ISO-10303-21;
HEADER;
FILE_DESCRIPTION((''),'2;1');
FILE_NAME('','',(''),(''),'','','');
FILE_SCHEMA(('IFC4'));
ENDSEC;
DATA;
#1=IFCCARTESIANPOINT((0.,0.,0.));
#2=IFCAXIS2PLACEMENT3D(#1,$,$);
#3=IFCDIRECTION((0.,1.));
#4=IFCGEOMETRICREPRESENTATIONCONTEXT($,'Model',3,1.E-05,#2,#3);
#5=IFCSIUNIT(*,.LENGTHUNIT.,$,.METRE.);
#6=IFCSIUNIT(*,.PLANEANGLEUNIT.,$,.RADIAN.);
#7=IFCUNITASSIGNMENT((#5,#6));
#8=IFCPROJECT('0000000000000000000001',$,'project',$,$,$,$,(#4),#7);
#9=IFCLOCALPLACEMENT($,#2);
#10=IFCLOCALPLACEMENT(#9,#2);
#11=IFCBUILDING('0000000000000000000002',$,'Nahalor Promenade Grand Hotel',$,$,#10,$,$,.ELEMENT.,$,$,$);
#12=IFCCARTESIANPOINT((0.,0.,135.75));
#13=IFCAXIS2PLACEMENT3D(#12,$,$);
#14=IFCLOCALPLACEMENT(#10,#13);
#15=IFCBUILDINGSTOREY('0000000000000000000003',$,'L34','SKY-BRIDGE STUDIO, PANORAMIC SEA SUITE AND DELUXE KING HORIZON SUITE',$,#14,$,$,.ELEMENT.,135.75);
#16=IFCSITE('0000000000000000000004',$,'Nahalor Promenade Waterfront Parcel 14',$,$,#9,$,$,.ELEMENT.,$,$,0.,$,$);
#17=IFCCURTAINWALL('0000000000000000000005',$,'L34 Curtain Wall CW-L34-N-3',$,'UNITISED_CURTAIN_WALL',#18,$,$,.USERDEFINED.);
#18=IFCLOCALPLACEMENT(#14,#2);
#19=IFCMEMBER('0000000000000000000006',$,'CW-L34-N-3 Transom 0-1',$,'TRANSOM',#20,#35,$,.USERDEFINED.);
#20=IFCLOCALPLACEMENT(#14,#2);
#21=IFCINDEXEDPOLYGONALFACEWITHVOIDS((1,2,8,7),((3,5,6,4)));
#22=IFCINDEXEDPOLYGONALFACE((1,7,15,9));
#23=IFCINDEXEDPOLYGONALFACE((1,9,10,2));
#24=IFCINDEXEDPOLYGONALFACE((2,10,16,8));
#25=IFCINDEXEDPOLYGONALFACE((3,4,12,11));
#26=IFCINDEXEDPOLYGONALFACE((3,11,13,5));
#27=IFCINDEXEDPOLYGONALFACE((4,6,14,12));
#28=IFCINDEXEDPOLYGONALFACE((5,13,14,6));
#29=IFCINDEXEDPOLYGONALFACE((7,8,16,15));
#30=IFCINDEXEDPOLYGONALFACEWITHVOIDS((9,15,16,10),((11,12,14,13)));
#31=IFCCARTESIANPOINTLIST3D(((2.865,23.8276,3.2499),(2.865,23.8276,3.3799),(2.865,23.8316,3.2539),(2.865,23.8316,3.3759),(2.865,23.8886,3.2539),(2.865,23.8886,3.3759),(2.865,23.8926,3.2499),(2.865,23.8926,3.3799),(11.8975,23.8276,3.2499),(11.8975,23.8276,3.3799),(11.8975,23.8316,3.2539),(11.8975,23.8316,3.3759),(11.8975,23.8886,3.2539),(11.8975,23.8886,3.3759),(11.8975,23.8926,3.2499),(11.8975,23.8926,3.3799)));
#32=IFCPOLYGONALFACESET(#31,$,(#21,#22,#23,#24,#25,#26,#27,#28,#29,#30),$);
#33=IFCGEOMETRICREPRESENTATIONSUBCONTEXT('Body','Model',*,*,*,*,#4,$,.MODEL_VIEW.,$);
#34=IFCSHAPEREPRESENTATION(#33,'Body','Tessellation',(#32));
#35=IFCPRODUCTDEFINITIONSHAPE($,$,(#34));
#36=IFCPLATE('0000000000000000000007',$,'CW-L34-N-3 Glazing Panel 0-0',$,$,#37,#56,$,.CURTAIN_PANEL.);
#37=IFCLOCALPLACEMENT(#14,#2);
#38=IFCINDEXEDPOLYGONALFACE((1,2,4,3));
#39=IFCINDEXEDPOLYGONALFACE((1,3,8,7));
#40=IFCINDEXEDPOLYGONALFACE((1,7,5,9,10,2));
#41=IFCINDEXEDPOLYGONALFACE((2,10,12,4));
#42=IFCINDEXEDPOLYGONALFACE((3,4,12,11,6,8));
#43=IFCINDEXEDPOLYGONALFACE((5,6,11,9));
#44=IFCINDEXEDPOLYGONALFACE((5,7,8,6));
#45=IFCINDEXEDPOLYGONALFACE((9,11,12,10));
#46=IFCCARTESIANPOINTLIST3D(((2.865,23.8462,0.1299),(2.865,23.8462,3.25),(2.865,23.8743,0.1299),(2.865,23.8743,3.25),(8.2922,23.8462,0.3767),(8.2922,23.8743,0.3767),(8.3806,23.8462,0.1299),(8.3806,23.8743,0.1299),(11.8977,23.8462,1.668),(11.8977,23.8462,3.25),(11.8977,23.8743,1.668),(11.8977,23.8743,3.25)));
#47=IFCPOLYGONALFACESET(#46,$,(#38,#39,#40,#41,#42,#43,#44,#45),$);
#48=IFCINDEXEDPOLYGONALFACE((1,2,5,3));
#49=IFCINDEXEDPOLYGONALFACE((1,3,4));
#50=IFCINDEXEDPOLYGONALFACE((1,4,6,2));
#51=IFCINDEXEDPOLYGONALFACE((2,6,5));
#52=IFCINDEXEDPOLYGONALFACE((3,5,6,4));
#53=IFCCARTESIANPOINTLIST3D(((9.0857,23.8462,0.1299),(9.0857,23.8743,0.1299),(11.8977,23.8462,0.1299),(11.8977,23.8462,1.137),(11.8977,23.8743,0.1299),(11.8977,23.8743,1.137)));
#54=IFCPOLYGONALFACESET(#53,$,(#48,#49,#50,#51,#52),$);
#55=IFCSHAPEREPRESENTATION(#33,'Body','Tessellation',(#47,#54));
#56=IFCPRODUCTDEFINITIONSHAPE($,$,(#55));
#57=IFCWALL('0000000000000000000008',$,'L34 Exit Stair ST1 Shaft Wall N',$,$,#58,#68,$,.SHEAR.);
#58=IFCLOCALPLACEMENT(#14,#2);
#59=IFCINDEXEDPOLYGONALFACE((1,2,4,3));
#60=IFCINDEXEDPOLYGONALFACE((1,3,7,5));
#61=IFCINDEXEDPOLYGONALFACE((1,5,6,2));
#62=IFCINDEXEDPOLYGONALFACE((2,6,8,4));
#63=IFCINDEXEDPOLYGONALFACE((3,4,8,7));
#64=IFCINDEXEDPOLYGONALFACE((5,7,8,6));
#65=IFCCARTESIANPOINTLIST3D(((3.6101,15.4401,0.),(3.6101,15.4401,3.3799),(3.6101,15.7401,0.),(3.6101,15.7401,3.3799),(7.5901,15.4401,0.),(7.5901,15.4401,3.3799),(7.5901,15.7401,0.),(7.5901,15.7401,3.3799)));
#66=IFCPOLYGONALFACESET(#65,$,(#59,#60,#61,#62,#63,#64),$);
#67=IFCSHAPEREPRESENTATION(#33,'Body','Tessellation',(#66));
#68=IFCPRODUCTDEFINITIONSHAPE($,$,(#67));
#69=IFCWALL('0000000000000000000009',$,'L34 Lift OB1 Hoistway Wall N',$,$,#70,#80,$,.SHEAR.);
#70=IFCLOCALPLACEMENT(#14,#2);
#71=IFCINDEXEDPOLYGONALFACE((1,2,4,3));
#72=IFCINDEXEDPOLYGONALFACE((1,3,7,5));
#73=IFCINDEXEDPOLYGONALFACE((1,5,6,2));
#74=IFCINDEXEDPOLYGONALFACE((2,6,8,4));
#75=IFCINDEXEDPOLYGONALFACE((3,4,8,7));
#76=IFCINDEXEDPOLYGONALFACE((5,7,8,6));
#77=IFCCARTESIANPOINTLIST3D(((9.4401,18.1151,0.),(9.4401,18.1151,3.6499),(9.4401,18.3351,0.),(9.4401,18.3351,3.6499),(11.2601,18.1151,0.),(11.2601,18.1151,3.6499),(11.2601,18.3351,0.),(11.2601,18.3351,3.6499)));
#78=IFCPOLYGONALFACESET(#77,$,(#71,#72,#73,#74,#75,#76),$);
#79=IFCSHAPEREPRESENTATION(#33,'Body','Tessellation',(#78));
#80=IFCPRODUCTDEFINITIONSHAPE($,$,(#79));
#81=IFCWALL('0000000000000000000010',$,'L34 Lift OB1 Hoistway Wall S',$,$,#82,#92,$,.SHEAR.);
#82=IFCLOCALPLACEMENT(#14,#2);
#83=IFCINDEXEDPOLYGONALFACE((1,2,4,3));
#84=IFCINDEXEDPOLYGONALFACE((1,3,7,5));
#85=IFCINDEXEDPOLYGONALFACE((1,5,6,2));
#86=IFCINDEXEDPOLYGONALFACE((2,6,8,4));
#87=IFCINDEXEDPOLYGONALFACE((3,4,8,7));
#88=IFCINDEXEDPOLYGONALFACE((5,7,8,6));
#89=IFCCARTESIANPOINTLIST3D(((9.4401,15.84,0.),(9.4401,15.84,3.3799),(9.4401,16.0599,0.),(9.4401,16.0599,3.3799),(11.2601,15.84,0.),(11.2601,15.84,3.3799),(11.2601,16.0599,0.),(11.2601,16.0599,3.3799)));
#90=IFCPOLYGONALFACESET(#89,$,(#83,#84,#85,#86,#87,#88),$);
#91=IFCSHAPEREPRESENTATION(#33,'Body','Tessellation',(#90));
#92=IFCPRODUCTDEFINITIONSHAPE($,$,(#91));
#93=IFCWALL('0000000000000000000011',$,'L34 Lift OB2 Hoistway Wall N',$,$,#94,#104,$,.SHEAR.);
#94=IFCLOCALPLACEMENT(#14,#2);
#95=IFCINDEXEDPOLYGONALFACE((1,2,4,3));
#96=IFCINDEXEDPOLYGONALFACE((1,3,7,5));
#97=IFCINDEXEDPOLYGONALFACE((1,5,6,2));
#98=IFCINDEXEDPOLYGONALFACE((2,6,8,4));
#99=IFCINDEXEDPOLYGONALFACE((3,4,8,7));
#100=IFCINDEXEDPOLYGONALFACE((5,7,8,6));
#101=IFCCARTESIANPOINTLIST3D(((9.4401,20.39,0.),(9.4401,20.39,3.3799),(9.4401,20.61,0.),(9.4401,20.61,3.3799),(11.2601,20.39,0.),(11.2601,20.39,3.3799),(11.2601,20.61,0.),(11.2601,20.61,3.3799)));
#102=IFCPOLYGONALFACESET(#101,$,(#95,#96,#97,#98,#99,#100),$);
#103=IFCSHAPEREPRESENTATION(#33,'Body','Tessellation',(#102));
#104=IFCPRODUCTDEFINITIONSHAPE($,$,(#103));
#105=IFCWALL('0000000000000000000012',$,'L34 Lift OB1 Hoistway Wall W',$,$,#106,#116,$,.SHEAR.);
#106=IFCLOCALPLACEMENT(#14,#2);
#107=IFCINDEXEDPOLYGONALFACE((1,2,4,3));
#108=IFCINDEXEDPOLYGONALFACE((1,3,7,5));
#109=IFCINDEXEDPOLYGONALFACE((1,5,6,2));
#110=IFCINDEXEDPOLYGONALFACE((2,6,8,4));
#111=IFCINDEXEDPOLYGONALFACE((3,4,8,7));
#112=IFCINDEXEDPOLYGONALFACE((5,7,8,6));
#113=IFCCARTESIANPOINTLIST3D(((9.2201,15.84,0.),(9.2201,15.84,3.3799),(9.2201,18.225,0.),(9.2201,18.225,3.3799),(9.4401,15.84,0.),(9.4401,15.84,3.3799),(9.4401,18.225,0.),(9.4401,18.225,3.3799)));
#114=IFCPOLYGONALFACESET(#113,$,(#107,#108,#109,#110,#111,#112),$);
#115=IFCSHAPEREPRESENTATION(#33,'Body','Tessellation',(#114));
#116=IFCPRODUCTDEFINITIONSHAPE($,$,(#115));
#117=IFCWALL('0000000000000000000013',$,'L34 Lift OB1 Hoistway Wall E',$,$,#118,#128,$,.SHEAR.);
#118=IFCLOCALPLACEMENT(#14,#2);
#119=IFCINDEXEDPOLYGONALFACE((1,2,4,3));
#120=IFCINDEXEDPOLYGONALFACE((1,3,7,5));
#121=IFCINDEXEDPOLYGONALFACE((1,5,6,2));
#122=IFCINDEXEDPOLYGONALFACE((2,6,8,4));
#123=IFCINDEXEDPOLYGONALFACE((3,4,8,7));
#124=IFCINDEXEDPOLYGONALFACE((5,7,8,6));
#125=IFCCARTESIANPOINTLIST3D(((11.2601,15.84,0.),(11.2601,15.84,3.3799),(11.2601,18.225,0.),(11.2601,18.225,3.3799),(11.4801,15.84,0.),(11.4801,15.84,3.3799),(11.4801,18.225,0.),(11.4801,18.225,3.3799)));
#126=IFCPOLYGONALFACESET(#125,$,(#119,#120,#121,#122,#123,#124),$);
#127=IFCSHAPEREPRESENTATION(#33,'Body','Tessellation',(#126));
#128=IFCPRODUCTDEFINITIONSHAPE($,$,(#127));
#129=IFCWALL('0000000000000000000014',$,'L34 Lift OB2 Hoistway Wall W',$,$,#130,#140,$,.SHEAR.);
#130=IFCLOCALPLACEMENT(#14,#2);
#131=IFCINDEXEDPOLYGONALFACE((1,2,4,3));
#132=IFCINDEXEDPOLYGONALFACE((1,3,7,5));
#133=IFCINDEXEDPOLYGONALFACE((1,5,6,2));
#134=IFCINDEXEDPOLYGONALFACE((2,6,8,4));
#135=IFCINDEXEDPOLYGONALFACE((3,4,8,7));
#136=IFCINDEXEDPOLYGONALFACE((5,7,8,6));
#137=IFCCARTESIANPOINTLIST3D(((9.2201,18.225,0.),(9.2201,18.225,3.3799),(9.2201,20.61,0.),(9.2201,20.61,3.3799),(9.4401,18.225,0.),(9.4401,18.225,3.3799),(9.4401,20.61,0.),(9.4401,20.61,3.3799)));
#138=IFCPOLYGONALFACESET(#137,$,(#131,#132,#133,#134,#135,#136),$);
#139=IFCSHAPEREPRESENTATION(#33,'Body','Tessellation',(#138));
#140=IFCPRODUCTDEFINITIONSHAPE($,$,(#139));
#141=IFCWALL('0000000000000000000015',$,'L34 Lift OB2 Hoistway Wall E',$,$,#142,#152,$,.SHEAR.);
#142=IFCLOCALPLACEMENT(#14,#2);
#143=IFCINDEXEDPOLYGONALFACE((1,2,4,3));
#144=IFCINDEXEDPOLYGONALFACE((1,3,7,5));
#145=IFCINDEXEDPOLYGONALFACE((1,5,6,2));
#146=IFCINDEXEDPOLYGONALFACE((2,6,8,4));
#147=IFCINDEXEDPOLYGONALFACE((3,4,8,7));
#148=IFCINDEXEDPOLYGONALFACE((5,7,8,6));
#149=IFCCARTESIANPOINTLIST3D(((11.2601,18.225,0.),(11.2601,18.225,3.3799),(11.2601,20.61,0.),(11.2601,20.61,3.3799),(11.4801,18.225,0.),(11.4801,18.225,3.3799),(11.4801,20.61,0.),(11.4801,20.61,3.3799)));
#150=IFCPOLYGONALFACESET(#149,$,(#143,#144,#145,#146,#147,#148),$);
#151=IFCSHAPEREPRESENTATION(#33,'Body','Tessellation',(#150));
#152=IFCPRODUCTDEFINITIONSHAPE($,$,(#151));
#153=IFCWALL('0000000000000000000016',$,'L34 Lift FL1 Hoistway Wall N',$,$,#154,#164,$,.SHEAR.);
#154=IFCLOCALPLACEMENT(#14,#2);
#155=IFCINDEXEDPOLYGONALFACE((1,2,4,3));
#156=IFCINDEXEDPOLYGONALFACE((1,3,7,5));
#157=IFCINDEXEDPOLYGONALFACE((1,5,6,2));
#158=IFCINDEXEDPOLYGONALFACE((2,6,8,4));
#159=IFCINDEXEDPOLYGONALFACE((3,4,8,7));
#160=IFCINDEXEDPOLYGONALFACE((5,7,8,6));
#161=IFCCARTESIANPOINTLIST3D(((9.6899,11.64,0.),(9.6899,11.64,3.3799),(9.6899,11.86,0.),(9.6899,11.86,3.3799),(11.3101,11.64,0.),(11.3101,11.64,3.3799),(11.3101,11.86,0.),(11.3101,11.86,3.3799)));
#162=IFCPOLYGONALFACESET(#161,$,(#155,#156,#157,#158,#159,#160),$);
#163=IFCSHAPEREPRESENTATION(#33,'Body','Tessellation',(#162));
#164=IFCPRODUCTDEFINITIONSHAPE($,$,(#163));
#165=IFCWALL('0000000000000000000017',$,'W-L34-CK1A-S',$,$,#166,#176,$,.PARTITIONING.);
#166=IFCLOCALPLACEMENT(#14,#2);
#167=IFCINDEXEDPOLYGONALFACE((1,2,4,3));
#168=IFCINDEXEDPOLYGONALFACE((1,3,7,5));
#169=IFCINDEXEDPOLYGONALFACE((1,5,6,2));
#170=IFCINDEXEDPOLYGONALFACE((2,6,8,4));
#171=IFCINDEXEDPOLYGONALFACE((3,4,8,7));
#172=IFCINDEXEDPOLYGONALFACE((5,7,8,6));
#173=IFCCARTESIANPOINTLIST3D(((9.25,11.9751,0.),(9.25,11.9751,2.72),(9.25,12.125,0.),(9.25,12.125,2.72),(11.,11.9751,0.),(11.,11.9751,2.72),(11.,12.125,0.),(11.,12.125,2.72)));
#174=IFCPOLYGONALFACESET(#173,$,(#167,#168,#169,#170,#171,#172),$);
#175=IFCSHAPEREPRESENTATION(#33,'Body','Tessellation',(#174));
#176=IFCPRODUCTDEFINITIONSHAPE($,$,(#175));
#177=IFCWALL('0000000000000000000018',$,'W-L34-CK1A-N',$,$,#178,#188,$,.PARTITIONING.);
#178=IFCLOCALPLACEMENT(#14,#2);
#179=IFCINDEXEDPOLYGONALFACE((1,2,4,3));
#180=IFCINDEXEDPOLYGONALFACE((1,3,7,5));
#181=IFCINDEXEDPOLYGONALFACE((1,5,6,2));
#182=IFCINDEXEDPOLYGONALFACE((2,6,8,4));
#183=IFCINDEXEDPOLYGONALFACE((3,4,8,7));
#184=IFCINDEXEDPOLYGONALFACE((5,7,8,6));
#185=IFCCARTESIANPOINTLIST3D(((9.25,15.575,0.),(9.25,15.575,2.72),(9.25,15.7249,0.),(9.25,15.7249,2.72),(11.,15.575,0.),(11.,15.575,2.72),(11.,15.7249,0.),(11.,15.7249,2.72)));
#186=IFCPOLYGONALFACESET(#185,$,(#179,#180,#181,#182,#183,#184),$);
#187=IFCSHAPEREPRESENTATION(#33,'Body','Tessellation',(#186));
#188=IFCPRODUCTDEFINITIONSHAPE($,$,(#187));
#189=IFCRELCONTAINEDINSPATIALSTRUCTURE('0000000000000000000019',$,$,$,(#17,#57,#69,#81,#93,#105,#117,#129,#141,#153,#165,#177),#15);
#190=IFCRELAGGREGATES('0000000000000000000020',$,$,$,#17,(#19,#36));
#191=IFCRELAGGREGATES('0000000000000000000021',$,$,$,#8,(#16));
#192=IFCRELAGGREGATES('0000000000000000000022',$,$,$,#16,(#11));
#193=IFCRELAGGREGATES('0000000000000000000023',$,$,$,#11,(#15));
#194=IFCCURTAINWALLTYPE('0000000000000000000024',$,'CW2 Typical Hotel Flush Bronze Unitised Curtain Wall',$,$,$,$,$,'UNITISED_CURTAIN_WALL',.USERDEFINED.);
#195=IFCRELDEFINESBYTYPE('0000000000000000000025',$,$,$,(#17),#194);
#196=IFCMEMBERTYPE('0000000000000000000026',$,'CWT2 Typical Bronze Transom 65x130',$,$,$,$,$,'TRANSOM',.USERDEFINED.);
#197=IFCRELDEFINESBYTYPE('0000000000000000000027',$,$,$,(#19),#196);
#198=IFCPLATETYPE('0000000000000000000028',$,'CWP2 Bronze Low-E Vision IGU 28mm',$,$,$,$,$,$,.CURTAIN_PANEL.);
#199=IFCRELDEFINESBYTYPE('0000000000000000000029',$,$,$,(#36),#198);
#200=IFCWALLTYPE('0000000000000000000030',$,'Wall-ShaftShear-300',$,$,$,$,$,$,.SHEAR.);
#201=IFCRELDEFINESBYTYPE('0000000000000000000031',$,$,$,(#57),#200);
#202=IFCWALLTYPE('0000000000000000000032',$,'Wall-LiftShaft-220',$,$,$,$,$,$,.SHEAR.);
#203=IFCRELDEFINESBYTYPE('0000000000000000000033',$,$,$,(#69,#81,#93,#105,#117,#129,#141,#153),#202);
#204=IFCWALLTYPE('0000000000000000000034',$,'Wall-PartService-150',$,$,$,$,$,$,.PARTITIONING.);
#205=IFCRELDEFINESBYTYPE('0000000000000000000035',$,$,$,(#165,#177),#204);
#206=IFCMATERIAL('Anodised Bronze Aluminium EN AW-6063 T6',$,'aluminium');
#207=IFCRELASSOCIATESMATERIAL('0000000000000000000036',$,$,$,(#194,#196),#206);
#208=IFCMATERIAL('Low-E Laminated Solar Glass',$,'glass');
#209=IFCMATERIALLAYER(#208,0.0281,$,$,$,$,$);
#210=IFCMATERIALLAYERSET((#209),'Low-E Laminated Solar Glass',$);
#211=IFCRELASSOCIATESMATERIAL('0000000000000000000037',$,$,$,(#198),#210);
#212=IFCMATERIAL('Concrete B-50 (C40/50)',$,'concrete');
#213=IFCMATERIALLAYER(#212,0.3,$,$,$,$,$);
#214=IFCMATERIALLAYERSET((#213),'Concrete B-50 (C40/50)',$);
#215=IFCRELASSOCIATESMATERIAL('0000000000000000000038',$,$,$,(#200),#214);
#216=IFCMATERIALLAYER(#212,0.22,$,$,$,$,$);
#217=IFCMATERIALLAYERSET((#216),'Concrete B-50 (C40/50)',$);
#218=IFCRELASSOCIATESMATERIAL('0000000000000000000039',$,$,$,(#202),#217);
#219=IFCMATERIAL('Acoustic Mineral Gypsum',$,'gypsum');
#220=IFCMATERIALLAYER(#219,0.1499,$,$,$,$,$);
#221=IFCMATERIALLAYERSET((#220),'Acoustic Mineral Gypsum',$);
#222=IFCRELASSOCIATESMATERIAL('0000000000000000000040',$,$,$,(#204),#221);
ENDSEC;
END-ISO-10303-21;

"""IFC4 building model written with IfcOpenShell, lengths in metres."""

from ifc_helpers import new_model, si_unit, direction, frame, frame_2d, origin, origin_2d, place, context, subcontext, project, spatial, polyline, rectangle, hollow_rectangle, outline, extrude, source, transform, mapped, material, layer, layer_set, material_profile, profile_set, type_object, element, aggregate, save


model = new_model("IFC4")

# Units and contexts
model_context = context("Model", 3, precision=1e-05, world=origin(), true_north=direction((0.0, 1.0)))
body_context = subcontext(model_context, "Body", "Model", "MODEL_VIEW")
ifc_project = project(units=[si_unit("LENGTHUNIT", "METRE"), si_unit("PLANEANGLEUNIT", "RADIAN")], contexts=[model_context])

# Site, building, storey
site_placement = place(None, origin())
site = spatial("IfcSite", under=ifc_project, at=site_placement, Name="Nahalor Promenade Waterfront Parcel 14", CompositionType="ELEMENT", RefElevation=0.0)
building_placement = place(site_placement, origin())
building = spatial("IfcBuilding", under=site, at=building_placement, Name="Nahalor Promenade Grand Hotel", CompositionType="ELEMENT")
storey_placement = place(building_placement, frame((0.0, 0.0, 135.75)))
storey = spatial("IfcBuildingStorey", under=building, at=storey_placement, Name="L34", Description="SKY-BRIDGE STUDIO, PANORAMIC SEA SUITE AND DELUXE KING HORIZON SUITE", CompositionType="ELEMENT", Elevation=135.75)

# Curtain wall, member, plate
ifc_material_1 = material(Name="Anodised Bronze Aluminium EN AW-6063 T6", Category="aluminium")
curtain_wall_type = type_object("IfcCurtainWallType", Name="CW2 Typical Hotel Flush Bronze Unitised Curtain Wall", ElementType="UNITISED_CURTAIN_WALL", PredefinedType="USERDEFINED", material=ifc_material_1)
curtain_wall_placement = place(storey_placement, origin())
curtain_wall = element("IfcCurtainWall", 1, at=curtain_wall_placement, inside=storey, type_object=curtain_wall_type, Name="L34 Curtain Wall CW-L34-N-3", ObjectType="UNITISED_CURTAIN_WALL", PredefinedType="USERDEFINED")
ifc_material_profile_1 = material_profile(ifc_material_1, hollow_rectangle(XDim=0.065, YDim=0.13, WallThickness=0.004, at=origin_2d()), Name="CWT 65x130x4")
ifc_profile_set_1 = profile_set([ifc_material_profile_1], Name="Anodised Bronze Aluminium EN AW-6063 T6")
member_type_1 = type_object("IfcMemberType", Name="CWT2 Typical Bronze Transom 65x130", ElementType="TRANSOM", PredefinedType="USERDEFINED", material=ifc_profile_set_1)
shared_shape_1 = source(origin(), body_context, "Body", "SweptSolid", [
    extrude(hollow_rectangle(XDim=0.065, YDim=0.13, WallThickness=0.004, at=origin_2d()), origin(), (0.0, 0.0, 1.0), 9.0325),
])
member_1_placement = place(storey_placement, frame((2.865, 23.8601, 3.3149), z_axis=(1.0, 0.0, 0.0), x_axis=(0.0, 1.0, 0.0)))
member_1 = element("IfcMember", 2, at=member_1_placement, type_object=member_type_1, Name="CW-L34-N-3 Transom 0-1", ObjectType="TRANSOM", PredefinedType="USERDEFINED", context=body_context, shape_type="MappedRepresentation", body=[
    mapped(shared_shape_1, transform((0.0, 0.0, 0.0), scale=1.0)),
])
ifc_material_2 = material(Name="Low-E Laminated Solar Glass", Category="glass")
ifc_layer_1 = layer(ifc_material_2, 0.0281)
ifc_layer_set_1 = layer_set([ifc_layer_1], Name="Low-E Laminated Solar Glass")
plate_type = type_object("IfcPlateType", Name="CWP2 Bronze Low-E Vision IGU 28mm", PredefinedType="CURTAIN_PANEL", material=ifc_layer_set_1)
plate_placement = place(storey_placement, frame((7.3813, 23.8601, 0.1299), z_axis=(0.0, 0.0, 1.0), x_axis=(1.0, 0.0, 0.0)))
plate = element("IfcPlate", 3, at=plate_placement, type_object=plate_type, Name="CW-L34-N-3 Glazing Panel 0-0", PredefinedType="CURTAIN_PANEL", context=body_context, shape_type="SweptSolid", body=[
    extrude(outline(polyline([(-4.5164, 3.1201), (-4.5164, 0.0), (0.9993, 0.0), (0.9109, 0.2468), (4.5164, 1.5381), (4.5164, 3.1201), (-4.5164, 3.1201)])), frame((0.0, 0.0142, 0.0), z_axis=(0.0, -1.0, 0.0), x_axis=(1.0, 0.0, 0.0)), (0.0, 0.0, 1.0), 0.0281),
    extrude(outline(polyline([(1.7043, 0.0), (4.5164, 0.0), (4.5164, 1.0071), (1.7043, 0.0)])), frame((0.0, 0.0142, 0.0), z_axis=(0.0, -1.0, 0.0), x_axis=(1.0, 0.0, 0.0)), (0.0, 0.0, 1.0), 0.0281),
])
aggregate(curtain_wall, [member_1, plate])

# Walls
ifc_material_3 = material(Name="Concrete B-50 (C40/50)", Category="concrete")
ifc_layer_2 = layer(ifc_material_3, 0.3)
ifc_layer_set_2 = layer_set([ifc_layer_2], Name="Concrete B-50 (C40/50)")
wall_type_1 = type_object("IfcWallType", Name="Wall-ShaftShear-300", PredefinedType="SHEAR", material=ifc_layer_set_2)
shared_shape_2 = source(origin(), body_context, "Body", "SweptSolid", [
    extrude(rectangle(XDim=3.98, YDim=0.3, at=frame_2d((1.99, 0.0))), origin(), (0.0, 0.0, 1.0), 3.3799),
])
wall_1_placement = place(storey_placement, frame((3.6101, 15.5901, 0.0), z_axis=(0.0, 0.0, 1.0), x_axis=(1.0, 0.0, 0.0)))
element("IfcWall", 4, at=wall_1_placement, inside=storey, type_object=wall_type_1, Name="L34 Exit Stair ST1 Shaft Wall N", PredefinedType="SHEAR", context=body_context, shape_type="MappedRepresentation", body=[
    mapped(shared_shape_2, transform((0.0, 0.0, 0.0), scale=1.0)),
])
ifc_layer_3 = layer(ifc_material_3, 0.22)
ifc_layer_set_3 = layer_set([ifc_layer_3], Name="Concrete B-50 (C40/50)")
wall_type_2 = type_object("IfcWallType", Name="Wall-LiftShaft-220", PredefinedType="SHEAR", material=ifc_layer_set_3)
shared_shape_3 = source(origin(), body_context, "Body", "SweptSolid", [
    extrude(rectangle(XDim=1.8201, YDim=0.22, at=frame_2d((0.9102, 0.0))), origin(), (0.0, 0.0, 1.0), 3.6499),
])
wall_2_placement = place(storey_placement, frame((9.4399, 18.2251, 0.0), z_axis=(0.0, 0.0, 1.0), x_axis=(1.0, 0.0, 0.0)))
element("IfcWall", 5, at=wall_2_placement, inside=storey, type_object=wall_type_2, Name="L34 Lift OB1 Hoistway Wall N", PredefinedType="SHEAR", context=body_context, shape_type="MappedRepresentation", body=[
    mapped(shared_shape_3, transform((0.0, 0.0, 0.0), scale=1.0)),
])
shared_shape_4 = source(origin(), body_context, "Body", "SweptSolid", [
    extrude(rectangle(XDim=1.8201, YDim=0.22, at=frame_2d((0.9102, 0.0))), origin(), (0.0, 0.0, 1.0), 3.3799),
])
for number, where, z_axis, x_axis, name in (
    (6, (9.4399, 15.95, 0.0), (0.0, 0.0, 1.0), (1.0, 0.0, 0.0), "L34 Lift OB1 Hoistway Wall S"),
    (7, (9.4399, 20.5, 0.0), (0.0, 0.0, 1.0), (1.0, 0.0, 0.0), "L34 Lift OB2 Hoistway Wall N"),
):
    element("IfcWall", number, at=place(storey_placement, frame(where, z_axis=z_axis, x_axis=x_axis)), inside=storey, type_object=wall_type_2, Name=name, PredefinedType="SHEAR", context=body_context, shape_type="MappedRepresentation", body=[
        mapped(shared_shape_4, transform((0.0, 0.0, 0.0), scale=1.0)),
    ])
shared_shape_5 = source(origin(), body_context, "Body", "SweptSolid", [
    extrude(rectangle(XDim=2.385, YDim=0.22, at=frame_2d((1.1924, 0.0))), origin(), (0.0, 0.0, 1.0), 3.3799),
])
for number, where, z_axis, x_axis, name in (
    (8, (9.3301, 15.8401, 0.0), (0.0, 0.0, 1.0), (0.0, 1.0, 0.0), "L34 Lift OB1 Hoistway Wall W"),
    (9, (11.3701, 15.8401, 0.0), (0.0, 0.0, 1.0), (0.0, 1.0, 0.0), "L34 Lift OB1 Hoistway Wall E"),
    (10, (9.3301, 18.2251, 0.0), (0.0, 0.0, 1.0), (0.0, 1.0, 0.0), "L34 Lift OB2 Hoistway Wall W"),
    (11, (11.3701, 18.2251, 0.0), (0.0, 0.0, 1.0), (0.0, 1.0, 0.0), "L34 Lift OB2 Hoistway Wall E"),
):
    element("IfcWall", number, at=place(storey_placement, frame(where, z_axis=z_axis, x_axis=x_axis)), inside=storey, type_object=wall_type_2, Name=name, PredefinedType="SHEAR", context=body_context, shape_type="MappedRepresentation", body=[
        mapped(shared_shape_5, transform((0.0, 0.0, 0.0), scale=1.0)),
    ])
shared_shape_6 = source(origin(), body_context, "Body", "SweptSolid", [
    extrude(rectangle(XDim=1.6201, YDim=0.22, at=frame_2d((0.8101, 0.0))), origin(), (0.0, 0.0, 1.0), 3.3799),
])
wall_3_placement = place(storey_placement, frame((9.6899, 11.75, 0.0), z_axis=(0.0, 0.0, 1.0), x_axis=(1.0, 0.0, 0.0)))
element("IfcWall", 12, at=wall_3_placement, inside=storey, type_object=wall_type_2, Name="L34 Lift FL1 Hoistway Wall N", PredefinedType="SHEAR", context=body_context, shape_type="MappedRepresentation", body=[
    mapped(shared_shape_6, transform((0.0, 0.0, 0.0), scale=1.0)),
])
ifc_material_4 = material(Name="Acoustic Mineral Gypsum", Category="gypsum")
ifc_layer_4 = layer(ifc_material_4, 0.1499)
ifc_layer_set_4 = layer_set([ifc_layer_4], Name="Acoustic Mineral Gypsum")
wall_type_3 = type_object("IfcWallType", Name="Wall-PartService-150", PredefinedType="PARTITIONING", material=ifc_layer_set_4)
shared_shape_7 = source(origin(), body_context, "Body", "SweptSolid", [
    extrude(rectangle(XDim=1.75, YDim=0.1499, at=frame_2d((0.875, 0.0))), origin(), (0.0, 0.0, 1.0), 2.72),
])
for number, where, z_axis, x_axis, name in (
    (13, (9.25, 12.05, 0.0), (0.0, 0.0, 1.0), (1.0, 0.0, 0.0), "W-L34-CK1A-S"),
    (14, (9.25, 15.6499, 0.0), (0.0, 0.0, 1.0), (1.0, 0.0, 0.0), "W-L34-CK1A-N"),
):
    element("IfcWall", number, at=place(storey_placement, frame(where, z_axis=z_axis, x_axis=x_axis)), inside=storey, type_object=wall_type_3, Name=name, PredefinedType="PARTITIONING", context=body_context, shape_type="MappedRepresentation", body=[
        mapped(shared_shape_7, transform((0.0, 0.0, 0.0), scale=1.0)),
    ])

save(model, "model.ifc")
